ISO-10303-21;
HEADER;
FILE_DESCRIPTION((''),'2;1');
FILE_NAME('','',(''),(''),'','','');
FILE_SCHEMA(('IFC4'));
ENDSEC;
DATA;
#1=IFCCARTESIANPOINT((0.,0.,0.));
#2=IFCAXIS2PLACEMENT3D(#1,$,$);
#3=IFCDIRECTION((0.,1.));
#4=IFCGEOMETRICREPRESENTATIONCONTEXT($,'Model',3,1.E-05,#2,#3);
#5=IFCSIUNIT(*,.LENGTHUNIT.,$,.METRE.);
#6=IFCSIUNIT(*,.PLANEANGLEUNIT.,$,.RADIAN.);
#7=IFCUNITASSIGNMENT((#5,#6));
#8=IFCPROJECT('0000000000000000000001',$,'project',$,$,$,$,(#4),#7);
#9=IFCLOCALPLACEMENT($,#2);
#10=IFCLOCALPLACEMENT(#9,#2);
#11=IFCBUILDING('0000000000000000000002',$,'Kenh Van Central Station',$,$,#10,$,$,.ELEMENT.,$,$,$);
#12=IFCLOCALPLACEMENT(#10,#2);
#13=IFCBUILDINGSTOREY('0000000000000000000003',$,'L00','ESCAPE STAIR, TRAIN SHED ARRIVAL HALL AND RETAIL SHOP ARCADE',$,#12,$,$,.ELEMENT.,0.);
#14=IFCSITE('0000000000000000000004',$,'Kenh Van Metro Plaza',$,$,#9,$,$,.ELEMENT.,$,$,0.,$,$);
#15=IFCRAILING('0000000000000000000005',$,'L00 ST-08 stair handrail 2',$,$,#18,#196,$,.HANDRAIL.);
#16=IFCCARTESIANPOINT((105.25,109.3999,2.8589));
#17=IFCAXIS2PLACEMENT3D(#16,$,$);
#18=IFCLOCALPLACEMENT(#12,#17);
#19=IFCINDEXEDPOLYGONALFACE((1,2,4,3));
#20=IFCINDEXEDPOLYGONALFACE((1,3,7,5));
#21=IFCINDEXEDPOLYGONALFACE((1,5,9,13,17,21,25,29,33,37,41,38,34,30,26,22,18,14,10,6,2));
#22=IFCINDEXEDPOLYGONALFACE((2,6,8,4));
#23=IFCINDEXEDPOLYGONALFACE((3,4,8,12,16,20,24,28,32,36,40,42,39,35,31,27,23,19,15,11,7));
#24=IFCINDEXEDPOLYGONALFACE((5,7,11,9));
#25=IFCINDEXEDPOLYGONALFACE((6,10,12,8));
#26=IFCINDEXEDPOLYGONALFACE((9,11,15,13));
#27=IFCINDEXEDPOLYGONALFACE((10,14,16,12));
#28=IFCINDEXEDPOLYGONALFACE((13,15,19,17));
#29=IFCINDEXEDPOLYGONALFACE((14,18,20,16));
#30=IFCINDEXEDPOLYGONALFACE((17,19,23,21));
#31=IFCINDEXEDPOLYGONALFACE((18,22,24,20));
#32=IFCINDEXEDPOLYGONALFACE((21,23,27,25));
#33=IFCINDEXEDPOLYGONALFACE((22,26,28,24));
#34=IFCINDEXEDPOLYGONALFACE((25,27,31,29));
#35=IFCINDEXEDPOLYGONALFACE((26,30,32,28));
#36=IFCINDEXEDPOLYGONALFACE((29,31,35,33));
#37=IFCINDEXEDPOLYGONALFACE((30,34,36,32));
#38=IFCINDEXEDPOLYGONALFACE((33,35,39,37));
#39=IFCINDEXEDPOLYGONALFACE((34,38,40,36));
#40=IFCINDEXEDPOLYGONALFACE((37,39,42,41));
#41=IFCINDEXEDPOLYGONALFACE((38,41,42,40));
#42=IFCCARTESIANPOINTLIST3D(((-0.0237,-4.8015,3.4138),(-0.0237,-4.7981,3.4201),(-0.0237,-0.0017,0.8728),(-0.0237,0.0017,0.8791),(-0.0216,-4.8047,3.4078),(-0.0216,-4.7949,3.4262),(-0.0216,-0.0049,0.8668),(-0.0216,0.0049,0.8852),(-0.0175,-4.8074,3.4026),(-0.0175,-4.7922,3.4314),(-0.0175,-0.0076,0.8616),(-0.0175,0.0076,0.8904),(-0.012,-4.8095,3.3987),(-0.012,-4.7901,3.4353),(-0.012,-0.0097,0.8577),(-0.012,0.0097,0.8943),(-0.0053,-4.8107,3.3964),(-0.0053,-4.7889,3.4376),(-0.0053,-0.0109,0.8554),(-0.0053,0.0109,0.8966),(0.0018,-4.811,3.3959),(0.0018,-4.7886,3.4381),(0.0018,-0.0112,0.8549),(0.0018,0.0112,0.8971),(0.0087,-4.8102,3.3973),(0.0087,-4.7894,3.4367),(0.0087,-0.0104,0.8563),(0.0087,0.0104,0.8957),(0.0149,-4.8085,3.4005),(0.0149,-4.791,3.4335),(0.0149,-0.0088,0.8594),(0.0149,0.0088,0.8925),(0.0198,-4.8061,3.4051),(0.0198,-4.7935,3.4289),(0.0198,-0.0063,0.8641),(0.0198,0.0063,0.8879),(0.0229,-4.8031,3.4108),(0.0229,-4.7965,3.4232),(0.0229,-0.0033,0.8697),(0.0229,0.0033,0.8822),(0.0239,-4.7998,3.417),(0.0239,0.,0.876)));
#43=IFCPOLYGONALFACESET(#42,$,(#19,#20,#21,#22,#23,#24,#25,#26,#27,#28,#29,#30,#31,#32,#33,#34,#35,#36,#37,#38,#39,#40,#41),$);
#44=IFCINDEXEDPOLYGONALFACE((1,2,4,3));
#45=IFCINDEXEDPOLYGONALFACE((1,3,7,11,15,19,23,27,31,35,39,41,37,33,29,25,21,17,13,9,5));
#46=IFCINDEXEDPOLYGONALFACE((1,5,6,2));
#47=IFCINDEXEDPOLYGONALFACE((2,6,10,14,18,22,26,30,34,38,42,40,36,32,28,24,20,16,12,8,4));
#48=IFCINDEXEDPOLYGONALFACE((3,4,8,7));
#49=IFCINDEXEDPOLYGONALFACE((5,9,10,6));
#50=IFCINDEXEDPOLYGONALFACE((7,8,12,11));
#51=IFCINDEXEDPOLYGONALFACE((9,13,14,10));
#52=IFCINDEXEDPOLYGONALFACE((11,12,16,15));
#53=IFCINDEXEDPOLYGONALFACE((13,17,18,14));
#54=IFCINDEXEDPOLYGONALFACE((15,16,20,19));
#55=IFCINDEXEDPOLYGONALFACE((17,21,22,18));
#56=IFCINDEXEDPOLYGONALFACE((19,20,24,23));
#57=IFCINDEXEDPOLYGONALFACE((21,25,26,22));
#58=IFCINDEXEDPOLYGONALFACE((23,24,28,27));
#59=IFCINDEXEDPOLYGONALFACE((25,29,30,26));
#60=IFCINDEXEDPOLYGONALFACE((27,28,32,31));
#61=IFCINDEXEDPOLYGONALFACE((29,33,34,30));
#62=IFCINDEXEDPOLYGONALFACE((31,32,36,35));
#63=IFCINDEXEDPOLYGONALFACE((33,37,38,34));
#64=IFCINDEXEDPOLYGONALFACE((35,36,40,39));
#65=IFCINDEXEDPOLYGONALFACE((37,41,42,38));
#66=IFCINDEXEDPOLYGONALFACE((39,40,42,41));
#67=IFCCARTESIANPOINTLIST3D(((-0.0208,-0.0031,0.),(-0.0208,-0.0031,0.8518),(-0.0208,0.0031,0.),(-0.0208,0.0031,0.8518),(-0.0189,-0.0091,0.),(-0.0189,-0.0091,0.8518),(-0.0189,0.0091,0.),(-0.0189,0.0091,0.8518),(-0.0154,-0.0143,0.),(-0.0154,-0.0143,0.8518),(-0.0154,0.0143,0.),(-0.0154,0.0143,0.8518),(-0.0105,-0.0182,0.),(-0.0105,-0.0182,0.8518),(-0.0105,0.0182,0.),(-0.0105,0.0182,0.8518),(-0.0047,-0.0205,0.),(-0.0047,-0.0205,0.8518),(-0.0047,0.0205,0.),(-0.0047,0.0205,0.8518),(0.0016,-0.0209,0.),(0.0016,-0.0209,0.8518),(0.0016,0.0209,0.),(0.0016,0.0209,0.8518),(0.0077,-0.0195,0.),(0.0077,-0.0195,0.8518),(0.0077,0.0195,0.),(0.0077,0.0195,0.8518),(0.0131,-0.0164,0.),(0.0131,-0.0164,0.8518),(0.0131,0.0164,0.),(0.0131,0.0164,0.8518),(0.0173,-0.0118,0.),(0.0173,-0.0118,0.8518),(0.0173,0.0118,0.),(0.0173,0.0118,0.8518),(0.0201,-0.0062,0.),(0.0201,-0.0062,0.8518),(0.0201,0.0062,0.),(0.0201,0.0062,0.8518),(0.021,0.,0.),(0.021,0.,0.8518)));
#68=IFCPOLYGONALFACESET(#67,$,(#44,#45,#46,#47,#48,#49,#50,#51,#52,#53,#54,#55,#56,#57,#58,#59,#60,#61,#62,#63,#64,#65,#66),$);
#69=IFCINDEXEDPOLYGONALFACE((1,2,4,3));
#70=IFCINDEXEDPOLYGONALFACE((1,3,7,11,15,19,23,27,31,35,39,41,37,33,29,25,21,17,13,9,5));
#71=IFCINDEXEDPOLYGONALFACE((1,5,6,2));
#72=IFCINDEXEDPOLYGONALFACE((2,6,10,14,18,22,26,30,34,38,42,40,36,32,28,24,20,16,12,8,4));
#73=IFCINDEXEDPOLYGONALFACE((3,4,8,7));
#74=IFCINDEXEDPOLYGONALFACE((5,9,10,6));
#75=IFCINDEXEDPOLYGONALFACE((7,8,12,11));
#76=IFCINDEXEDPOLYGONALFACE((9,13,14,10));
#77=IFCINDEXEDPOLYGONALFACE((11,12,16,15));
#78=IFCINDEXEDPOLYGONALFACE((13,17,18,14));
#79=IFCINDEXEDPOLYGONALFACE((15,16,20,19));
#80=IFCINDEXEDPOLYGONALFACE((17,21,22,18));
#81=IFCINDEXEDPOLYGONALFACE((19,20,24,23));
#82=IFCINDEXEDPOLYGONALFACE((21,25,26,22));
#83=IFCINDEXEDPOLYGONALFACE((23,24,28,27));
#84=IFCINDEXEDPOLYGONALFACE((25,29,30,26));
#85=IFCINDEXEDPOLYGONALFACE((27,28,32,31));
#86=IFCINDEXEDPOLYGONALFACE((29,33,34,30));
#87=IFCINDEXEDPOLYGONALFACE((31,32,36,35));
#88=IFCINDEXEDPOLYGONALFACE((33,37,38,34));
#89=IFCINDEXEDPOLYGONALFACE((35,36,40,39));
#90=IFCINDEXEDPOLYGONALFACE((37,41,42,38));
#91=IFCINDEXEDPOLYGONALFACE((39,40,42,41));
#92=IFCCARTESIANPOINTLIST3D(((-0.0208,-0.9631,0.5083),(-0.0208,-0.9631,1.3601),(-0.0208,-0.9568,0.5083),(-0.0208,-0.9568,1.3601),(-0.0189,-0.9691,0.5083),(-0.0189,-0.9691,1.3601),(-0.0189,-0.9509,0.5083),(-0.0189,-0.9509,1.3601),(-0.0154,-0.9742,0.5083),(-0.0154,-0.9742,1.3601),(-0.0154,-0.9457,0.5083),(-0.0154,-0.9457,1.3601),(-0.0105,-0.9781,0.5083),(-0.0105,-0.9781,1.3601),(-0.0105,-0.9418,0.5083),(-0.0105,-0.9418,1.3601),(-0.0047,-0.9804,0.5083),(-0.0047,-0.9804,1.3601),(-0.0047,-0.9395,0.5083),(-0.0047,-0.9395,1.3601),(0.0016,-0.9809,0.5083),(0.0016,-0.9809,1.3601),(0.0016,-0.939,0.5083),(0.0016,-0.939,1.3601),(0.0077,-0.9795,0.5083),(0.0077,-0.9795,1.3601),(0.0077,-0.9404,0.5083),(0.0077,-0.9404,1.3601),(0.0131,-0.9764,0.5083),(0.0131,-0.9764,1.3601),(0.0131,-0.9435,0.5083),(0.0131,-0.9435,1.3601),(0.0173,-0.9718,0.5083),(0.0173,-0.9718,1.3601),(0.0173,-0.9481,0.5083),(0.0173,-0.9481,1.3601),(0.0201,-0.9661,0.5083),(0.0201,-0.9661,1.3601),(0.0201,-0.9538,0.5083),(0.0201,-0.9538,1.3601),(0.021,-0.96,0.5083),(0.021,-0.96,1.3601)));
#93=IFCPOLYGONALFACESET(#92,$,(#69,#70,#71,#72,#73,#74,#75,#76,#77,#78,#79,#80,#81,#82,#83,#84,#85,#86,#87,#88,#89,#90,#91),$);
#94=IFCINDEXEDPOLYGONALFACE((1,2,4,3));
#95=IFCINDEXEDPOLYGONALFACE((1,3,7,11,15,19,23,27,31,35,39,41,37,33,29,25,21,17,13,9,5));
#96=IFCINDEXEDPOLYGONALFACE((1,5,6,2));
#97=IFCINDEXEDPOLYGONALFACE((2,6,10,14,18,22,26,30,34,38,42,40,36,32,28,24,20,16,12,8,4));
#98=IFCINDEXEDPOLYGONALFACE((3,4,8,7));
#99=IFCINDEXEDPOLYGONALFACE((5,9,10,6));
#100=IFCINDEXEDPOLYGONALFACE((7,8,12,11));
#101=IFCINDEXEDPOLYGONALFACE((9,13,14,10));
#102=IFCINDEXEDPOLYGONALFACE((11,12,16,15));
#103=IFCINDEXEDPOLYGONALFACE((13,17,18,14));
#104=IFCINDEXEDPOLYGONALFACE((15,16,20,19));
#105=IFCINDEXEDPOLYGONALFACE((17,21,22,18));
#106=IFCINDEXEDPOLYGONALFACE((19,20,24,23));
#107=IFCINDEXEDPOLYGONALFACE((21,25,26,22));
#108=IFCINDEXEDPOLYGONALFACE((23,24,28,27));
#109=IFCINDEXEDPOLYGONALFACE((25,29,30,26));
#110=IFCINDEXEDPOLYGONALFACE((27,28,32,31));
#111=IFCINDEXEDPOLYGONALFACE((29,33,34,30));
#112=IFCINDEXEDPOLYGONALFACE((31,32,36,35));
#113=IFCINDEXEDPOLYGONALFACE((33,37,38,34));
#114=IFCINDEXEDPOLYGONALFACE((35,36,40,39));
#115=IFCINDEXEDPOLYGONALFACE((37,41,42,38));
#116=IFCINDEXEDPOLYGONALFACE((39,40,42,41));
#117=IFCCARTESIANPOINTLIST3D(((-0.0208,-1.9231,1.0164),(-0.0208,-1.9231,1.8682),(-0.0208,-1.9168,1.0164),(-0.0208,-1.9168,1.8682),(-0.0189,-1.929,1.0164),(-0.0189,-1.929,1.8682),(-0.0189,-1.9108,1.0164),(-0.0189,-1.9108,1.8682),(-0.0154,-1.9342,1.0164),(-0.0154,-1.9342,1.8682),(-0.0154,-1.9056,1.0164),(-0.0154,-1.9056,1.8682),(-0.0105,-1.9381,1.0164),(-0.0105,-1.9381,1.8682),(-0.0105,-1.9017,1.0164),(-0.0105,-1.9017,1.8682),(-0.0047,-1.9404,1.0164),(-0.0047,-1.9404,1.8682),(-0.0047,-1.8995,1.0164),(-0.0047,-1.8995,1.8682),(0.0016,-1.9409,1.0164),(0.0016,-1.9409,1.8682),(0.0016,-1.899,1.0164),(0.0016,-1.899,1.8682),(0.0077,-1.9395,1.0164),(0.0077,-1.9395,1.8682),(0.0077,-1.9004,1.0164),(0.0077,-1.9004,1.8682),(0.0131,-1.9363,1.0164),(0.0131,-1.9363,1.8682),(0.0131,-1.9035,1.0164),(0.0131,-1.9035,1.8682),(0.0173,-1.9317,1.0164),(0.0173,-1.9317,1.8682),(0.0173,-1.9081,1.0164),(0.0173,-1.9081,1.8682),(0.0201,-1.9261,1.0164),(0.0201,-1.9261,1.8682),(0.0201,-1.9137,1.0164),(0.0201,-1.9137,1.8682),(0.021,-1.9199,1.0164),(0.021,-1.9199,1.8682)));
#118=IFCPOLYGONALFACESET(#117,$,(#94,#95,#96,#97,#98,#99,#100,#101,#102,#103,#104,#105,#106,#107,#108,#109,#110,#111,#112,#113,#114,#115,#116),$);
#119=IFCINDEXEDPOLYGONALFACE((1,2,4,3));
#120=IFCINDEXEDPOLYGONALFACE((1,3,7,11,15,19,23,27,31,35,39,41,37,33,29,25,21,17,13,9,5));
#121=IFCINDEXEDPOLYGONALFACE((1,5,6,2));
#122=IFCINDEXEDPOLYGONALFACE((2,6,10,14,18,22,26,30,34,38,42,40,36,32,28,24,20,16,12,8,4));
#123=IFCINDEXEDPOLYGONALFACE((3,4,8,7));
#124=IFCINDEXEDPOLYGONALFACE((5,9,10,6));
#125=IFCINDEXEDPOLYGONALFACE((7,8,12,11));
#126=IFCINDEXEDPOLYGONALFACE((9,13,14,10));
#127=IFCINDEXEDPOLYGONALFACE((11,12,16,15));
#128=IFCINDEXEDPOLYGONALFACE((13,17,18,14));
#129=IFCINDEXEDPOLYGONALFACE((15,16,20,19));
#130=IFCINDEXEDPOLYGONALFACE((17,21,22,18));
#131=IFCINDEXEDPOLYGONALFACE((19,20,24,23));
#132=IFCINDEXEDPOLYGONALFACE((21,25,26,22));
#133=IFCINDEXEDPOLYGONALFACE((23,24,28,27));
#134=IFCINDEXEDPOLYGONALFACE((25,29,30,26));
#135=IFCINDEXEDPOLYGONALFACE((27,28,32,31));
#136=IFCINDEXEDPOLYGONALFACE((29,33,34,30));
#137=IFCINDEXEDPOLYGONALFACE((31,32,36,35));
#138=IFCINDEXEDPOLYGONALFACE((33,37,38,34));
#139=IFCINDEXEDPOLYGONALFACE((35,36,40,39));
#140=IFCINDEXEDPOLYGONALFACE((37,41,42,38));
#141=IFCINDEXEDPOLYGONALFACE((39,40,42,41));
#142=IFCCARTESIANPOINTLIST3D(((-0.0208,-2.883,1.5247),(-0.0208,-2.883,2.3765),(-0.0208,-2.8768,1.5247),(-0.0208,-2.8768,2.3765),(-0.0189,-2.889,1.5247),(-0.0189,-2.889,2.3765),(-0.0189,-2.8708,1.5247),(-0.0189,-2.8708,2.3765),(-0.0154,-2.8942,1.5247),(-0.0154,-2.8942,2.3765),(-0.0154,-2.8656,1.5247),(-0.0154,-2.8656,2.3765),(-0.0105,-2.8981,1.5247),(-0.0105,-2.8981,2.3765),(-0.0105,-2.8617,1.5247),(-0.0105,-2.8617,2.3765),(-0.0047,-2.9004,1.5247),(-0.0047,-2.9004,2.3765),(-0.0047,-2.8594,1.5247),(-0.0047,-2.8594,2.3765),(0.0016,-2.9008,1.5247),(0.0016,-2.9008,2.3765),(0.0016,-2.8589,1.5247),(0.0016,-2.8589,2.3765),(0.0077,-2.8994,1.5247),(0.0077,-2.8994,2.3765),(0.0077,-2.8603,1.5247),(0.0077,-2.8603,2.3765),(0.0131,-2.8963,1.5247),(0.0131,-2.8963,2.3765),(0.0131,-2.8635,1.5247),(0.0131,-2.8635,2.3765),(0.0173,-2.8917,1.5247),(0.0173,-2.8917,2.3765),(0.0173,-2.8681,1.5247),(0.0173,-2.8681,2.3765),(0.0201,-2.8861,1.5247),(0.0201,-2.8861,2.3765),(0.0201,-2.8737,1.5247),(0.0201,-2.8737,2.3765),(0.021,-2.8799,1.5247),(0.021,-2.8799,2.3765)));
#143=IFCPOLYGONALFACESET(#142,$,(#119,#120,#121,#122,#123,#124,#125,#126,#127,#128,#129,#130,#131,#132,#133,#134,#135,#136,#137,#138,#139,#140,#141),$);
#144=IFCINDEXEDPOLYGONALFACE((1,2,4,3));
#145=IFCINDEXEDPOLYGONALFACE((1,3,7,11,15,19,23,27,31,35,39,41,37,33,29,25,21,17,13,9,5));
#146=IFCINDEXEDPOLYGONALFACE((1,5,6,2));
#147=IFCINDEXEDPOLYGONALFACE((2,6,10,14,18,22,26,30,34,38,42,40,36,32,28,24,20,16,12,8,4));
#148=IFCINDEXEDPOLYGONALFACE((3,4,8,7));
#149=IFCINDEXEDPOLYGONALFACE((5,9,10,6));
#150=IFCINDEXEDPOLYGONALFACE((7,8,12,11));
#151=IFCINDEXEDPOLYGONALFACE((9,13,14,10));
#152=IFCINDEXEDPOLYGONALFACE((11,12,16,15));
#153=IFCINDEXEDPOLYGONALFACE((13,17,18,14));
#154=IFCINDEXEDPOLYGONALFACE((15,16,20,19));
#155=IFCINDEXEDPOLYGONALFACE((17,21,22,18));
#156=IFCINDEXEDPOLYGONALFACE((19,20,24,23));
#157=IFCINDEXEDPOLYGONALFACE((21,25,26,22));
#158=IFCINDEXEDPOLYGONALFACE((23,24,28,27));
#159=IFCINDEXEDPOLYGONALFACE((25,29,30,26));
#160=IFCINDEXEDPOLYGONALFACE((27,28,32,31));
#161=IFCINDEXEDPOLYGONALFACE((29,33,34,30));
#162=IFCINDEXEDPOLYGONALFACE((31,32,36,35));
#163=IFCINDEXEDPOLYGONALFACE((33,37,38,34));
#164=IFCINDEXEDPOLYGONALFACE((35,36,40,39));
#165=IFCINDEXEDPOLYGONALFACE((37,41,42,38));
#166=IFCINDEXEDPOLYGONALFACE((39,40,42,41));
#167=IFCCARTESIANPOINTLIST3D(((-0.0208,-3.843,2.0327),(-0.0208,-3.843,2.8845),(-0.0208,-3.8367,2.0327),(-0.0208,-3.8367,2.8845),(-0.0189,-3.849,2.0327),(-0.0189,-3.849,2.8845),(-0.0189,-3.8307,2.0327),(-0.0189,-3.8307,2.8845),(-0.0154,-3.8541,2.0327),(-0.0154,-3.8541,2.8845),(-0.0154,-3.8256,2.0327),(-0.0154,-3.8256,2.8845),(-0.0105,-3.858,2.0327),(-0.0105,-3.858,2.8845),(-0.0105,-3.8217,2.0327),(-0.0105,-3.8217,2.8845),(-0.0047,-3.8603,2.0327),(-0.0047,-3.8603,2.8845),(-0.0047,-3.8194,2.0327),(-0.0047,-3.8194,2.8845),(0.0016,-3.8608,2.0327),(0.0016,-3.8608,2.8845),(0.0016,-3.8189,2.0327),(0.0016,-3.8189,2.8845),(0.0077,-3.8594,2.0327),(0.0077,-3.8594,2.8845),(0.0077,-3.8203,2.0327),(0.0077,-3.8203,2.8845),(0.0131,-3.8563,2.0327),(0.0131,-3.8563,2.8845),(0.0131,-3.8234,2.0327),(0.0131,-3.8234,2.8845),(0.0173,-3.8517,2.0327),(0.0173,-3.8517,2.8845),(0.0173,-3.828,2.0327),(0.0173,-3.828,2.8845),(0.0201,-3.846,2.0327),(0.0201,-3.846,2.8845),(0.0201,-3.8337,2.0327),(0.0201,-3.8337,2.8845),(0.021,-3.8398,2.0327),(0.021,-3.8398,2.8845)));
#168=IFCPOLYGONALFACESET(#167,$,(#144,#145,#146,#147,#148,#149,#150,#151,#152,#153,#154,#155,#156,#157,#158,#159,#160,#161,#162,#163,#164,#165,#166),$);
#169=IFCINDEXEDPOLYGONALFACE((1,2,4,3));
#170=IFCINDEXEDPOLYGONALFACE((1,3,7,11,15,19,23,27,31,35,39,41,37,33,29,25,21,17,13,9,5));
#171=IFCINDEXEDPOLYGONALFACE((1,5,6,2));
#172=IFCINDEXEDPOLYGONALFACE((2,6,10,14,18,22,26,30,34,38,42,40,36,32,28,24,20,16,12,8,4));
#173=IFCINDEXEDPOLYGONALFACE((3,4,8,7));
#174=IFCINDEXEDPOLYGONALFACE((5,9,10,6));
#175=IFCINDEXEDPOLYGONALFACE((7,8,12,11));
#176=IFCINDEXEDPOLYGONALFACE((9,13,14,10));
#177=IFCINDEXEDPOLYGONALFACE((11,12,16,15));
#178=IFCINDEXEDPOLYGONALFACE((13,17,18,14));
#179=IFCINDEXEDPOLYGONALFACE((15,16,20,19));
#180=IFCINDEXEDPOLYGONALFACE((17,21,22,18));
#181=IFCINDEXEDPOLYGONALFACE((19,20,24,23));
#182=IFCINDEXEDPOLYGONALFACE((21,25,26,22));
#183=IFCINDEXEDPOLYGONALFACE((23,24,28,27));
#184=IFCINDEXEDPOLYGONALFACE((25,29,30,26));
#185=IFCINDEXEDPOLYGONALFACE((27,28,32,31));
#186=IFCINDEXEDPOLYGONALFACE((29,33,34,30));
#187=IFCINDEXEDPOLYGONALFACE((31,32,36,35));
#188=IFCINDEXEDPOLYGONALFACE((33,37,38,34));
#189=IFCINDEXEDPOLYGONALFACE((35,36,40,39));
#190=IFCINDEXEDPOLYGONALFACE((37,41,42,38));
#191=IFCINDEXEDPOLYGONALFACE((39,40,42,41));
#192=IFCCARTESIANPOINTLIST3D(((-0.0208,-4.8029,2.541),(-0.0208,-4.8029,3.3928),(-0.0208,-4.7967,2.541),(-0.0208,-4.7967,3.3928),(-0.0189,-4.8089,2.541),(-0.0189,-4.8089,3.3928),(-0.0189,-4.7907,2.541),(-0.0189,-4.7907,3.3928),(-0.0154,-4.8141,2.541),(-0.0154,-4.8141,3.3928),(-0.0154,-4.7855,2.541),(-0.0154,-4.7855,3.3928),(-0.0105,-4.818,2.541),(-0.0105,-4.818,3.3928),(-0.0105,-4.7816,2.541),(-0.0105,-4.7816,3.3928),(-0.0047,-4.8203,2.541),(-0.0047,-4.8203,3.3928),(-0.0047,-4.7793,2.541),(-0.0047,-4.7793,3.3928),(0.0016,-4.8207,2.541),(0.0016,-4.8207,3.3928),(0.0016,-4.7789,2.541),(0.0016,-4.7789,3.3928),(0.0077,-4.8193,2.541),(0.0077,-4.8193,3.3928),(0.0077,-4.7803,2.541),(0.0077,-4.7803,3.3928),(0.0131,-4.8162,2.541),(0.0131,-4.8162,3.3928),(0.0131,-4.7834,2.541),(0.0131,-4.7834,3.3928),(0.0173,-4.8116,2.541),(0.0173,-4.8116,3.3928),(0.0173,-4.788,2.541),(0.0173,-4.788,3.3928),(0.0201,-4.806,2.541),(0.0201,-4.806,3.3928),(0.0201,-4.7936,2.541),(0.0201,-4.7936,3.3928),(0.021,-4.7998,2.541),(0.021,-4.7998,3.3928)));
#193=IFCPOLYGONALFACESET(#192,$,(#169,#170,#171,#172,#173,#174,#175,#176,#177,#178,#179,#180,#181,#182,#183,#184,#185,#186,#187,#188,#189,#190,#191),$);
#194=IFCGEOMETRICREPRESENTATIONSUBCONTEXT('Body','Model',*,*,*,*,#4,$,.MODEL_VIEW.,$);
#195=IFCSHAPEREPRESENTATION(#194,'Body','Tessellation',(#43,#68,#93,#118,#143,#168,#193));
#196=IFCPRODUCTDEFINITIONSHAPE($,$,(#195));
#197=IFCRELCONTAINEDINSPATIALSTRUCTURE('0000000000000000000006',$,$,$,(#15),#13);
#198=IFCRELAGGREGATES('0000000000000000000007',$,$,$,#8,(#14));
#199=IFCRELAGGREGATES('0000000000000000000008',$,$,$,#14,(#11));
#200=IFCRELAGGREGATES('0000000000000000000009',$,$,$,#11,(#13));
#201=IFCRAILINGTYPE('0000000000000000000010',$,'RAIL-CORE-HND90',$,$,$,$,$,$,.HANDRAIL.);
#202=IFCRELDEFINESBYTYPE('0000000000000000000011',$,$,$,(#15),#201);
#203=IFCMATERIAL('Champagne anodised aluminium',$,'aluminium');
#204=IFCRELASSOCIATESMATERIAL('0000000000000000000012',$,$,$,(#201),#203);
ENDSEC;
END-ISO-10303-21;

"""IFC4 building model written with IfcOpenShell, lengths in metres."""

from ifc_helpers import new_model, si_unit, direction, frame, origin, origin_2d, place, context, subcontext, project, spatial, circle, extrude, material, type_object, element, save


model = new_model("IFC4")

# Units and contexts
model_context = context("Model", 3, precision=1e-05, world=origin(), true_north=direction((0.0, 1.0)))
body_context = subcontext(model_context, "Body", "Model", "MODEL_VIEW")
ifc_project = project(units=[si_unit("LENGTHUNIT", "METRE"), si_unit("PLANEANGLEUNIT", "RADIAN")], contexts=[model_context])

# Site, building, storey
site_placement = place(None, origin())
site = spatial("IfcSite", under=ifc_project, at=site_placement, Name="Kenh Van Metro Plaza", CompositionType="ELEMENT", RefElevation=0.0)
building_placement = place(site_placement, origin())
building = spatial("IfcBuilding", under=site, at=building_placement, Name="Kenh Van Central Station", CompositionType="ELEMENT")
storey_placement = place(building_placement, origin())
storey = spatial("IfcBuildingStorey", under=building, at=storey_placement, Name="L00", Description="ESCAPE STAIR, TRAIN SHED ARRIVAL HALL AND RETAIL SHOP ARCADE", CompositionType="ELEMENT", Elevation=0.0)

# Shared definitions
ifc_material_1 = material(Name="Champagne anodised aluminium", Category="aluminium")

# Railing
railing_type = type_object("IfcRailingType", Name="RAIL-CORE-HND90", PredefinedType="HANDRAIL", material=ifc_material_1)
railing_1_placement = place(storey_placement, frame((105.25, 109.3999, 2.8589)))
element("IfcRailing", 1, at=railing_1_placement, inside=storey, type_object=railing_type, Name="L00 ST-08 stair handrail 2", PredefinedType="HANDRAIL", context=body_context, shape_type="SweptSolid", body=[
    extrude(circle(Radius=0.0239, at=origin_2d()), frame((0.0, 0.0, 0.876), z_axis=(0.0, -0.883792, 0.467879), x_axis=(1.0, 0.0, 0.0)), (0.0, 0.0, 1.0), 5.4309),
    extrude(circle(Radius=0.021, at=origin_2d()), origin(), (0.0, 0.0, 1.0), 0.8518),
    extrude(circle(Radius=0.021, at=origin_2d()), frame((0.0, -0.96, 0.5083)), (0.0, 0.0, 1.0), 0.8518),
    extrude(circle(Radius=0.021, at=origin_2d()), frame((0.0, -1.9199, 1.0164)), (0.0, 0.0, 1.0), 0.8518),
    extrude(circle(Radius=0.021, at=origin_2d()), frame((0.0, -2.8799, 1.5247)), (0.0, 0.0, 1.0), 0.8518),
    extrude(circle(Radius=0.021, at=origin_2d()), frame((0.0, -3.8398, 2.0327)), (0.0, 0.0, 1.0), 0.8518),
    extrude(circle(Radius=0.021, at=origin_2d()), frame((0.0, -4.7998, 2.541)), (0.0, 0.0, 1.0), 0.8518),
])

save(model, "model.ifc")
